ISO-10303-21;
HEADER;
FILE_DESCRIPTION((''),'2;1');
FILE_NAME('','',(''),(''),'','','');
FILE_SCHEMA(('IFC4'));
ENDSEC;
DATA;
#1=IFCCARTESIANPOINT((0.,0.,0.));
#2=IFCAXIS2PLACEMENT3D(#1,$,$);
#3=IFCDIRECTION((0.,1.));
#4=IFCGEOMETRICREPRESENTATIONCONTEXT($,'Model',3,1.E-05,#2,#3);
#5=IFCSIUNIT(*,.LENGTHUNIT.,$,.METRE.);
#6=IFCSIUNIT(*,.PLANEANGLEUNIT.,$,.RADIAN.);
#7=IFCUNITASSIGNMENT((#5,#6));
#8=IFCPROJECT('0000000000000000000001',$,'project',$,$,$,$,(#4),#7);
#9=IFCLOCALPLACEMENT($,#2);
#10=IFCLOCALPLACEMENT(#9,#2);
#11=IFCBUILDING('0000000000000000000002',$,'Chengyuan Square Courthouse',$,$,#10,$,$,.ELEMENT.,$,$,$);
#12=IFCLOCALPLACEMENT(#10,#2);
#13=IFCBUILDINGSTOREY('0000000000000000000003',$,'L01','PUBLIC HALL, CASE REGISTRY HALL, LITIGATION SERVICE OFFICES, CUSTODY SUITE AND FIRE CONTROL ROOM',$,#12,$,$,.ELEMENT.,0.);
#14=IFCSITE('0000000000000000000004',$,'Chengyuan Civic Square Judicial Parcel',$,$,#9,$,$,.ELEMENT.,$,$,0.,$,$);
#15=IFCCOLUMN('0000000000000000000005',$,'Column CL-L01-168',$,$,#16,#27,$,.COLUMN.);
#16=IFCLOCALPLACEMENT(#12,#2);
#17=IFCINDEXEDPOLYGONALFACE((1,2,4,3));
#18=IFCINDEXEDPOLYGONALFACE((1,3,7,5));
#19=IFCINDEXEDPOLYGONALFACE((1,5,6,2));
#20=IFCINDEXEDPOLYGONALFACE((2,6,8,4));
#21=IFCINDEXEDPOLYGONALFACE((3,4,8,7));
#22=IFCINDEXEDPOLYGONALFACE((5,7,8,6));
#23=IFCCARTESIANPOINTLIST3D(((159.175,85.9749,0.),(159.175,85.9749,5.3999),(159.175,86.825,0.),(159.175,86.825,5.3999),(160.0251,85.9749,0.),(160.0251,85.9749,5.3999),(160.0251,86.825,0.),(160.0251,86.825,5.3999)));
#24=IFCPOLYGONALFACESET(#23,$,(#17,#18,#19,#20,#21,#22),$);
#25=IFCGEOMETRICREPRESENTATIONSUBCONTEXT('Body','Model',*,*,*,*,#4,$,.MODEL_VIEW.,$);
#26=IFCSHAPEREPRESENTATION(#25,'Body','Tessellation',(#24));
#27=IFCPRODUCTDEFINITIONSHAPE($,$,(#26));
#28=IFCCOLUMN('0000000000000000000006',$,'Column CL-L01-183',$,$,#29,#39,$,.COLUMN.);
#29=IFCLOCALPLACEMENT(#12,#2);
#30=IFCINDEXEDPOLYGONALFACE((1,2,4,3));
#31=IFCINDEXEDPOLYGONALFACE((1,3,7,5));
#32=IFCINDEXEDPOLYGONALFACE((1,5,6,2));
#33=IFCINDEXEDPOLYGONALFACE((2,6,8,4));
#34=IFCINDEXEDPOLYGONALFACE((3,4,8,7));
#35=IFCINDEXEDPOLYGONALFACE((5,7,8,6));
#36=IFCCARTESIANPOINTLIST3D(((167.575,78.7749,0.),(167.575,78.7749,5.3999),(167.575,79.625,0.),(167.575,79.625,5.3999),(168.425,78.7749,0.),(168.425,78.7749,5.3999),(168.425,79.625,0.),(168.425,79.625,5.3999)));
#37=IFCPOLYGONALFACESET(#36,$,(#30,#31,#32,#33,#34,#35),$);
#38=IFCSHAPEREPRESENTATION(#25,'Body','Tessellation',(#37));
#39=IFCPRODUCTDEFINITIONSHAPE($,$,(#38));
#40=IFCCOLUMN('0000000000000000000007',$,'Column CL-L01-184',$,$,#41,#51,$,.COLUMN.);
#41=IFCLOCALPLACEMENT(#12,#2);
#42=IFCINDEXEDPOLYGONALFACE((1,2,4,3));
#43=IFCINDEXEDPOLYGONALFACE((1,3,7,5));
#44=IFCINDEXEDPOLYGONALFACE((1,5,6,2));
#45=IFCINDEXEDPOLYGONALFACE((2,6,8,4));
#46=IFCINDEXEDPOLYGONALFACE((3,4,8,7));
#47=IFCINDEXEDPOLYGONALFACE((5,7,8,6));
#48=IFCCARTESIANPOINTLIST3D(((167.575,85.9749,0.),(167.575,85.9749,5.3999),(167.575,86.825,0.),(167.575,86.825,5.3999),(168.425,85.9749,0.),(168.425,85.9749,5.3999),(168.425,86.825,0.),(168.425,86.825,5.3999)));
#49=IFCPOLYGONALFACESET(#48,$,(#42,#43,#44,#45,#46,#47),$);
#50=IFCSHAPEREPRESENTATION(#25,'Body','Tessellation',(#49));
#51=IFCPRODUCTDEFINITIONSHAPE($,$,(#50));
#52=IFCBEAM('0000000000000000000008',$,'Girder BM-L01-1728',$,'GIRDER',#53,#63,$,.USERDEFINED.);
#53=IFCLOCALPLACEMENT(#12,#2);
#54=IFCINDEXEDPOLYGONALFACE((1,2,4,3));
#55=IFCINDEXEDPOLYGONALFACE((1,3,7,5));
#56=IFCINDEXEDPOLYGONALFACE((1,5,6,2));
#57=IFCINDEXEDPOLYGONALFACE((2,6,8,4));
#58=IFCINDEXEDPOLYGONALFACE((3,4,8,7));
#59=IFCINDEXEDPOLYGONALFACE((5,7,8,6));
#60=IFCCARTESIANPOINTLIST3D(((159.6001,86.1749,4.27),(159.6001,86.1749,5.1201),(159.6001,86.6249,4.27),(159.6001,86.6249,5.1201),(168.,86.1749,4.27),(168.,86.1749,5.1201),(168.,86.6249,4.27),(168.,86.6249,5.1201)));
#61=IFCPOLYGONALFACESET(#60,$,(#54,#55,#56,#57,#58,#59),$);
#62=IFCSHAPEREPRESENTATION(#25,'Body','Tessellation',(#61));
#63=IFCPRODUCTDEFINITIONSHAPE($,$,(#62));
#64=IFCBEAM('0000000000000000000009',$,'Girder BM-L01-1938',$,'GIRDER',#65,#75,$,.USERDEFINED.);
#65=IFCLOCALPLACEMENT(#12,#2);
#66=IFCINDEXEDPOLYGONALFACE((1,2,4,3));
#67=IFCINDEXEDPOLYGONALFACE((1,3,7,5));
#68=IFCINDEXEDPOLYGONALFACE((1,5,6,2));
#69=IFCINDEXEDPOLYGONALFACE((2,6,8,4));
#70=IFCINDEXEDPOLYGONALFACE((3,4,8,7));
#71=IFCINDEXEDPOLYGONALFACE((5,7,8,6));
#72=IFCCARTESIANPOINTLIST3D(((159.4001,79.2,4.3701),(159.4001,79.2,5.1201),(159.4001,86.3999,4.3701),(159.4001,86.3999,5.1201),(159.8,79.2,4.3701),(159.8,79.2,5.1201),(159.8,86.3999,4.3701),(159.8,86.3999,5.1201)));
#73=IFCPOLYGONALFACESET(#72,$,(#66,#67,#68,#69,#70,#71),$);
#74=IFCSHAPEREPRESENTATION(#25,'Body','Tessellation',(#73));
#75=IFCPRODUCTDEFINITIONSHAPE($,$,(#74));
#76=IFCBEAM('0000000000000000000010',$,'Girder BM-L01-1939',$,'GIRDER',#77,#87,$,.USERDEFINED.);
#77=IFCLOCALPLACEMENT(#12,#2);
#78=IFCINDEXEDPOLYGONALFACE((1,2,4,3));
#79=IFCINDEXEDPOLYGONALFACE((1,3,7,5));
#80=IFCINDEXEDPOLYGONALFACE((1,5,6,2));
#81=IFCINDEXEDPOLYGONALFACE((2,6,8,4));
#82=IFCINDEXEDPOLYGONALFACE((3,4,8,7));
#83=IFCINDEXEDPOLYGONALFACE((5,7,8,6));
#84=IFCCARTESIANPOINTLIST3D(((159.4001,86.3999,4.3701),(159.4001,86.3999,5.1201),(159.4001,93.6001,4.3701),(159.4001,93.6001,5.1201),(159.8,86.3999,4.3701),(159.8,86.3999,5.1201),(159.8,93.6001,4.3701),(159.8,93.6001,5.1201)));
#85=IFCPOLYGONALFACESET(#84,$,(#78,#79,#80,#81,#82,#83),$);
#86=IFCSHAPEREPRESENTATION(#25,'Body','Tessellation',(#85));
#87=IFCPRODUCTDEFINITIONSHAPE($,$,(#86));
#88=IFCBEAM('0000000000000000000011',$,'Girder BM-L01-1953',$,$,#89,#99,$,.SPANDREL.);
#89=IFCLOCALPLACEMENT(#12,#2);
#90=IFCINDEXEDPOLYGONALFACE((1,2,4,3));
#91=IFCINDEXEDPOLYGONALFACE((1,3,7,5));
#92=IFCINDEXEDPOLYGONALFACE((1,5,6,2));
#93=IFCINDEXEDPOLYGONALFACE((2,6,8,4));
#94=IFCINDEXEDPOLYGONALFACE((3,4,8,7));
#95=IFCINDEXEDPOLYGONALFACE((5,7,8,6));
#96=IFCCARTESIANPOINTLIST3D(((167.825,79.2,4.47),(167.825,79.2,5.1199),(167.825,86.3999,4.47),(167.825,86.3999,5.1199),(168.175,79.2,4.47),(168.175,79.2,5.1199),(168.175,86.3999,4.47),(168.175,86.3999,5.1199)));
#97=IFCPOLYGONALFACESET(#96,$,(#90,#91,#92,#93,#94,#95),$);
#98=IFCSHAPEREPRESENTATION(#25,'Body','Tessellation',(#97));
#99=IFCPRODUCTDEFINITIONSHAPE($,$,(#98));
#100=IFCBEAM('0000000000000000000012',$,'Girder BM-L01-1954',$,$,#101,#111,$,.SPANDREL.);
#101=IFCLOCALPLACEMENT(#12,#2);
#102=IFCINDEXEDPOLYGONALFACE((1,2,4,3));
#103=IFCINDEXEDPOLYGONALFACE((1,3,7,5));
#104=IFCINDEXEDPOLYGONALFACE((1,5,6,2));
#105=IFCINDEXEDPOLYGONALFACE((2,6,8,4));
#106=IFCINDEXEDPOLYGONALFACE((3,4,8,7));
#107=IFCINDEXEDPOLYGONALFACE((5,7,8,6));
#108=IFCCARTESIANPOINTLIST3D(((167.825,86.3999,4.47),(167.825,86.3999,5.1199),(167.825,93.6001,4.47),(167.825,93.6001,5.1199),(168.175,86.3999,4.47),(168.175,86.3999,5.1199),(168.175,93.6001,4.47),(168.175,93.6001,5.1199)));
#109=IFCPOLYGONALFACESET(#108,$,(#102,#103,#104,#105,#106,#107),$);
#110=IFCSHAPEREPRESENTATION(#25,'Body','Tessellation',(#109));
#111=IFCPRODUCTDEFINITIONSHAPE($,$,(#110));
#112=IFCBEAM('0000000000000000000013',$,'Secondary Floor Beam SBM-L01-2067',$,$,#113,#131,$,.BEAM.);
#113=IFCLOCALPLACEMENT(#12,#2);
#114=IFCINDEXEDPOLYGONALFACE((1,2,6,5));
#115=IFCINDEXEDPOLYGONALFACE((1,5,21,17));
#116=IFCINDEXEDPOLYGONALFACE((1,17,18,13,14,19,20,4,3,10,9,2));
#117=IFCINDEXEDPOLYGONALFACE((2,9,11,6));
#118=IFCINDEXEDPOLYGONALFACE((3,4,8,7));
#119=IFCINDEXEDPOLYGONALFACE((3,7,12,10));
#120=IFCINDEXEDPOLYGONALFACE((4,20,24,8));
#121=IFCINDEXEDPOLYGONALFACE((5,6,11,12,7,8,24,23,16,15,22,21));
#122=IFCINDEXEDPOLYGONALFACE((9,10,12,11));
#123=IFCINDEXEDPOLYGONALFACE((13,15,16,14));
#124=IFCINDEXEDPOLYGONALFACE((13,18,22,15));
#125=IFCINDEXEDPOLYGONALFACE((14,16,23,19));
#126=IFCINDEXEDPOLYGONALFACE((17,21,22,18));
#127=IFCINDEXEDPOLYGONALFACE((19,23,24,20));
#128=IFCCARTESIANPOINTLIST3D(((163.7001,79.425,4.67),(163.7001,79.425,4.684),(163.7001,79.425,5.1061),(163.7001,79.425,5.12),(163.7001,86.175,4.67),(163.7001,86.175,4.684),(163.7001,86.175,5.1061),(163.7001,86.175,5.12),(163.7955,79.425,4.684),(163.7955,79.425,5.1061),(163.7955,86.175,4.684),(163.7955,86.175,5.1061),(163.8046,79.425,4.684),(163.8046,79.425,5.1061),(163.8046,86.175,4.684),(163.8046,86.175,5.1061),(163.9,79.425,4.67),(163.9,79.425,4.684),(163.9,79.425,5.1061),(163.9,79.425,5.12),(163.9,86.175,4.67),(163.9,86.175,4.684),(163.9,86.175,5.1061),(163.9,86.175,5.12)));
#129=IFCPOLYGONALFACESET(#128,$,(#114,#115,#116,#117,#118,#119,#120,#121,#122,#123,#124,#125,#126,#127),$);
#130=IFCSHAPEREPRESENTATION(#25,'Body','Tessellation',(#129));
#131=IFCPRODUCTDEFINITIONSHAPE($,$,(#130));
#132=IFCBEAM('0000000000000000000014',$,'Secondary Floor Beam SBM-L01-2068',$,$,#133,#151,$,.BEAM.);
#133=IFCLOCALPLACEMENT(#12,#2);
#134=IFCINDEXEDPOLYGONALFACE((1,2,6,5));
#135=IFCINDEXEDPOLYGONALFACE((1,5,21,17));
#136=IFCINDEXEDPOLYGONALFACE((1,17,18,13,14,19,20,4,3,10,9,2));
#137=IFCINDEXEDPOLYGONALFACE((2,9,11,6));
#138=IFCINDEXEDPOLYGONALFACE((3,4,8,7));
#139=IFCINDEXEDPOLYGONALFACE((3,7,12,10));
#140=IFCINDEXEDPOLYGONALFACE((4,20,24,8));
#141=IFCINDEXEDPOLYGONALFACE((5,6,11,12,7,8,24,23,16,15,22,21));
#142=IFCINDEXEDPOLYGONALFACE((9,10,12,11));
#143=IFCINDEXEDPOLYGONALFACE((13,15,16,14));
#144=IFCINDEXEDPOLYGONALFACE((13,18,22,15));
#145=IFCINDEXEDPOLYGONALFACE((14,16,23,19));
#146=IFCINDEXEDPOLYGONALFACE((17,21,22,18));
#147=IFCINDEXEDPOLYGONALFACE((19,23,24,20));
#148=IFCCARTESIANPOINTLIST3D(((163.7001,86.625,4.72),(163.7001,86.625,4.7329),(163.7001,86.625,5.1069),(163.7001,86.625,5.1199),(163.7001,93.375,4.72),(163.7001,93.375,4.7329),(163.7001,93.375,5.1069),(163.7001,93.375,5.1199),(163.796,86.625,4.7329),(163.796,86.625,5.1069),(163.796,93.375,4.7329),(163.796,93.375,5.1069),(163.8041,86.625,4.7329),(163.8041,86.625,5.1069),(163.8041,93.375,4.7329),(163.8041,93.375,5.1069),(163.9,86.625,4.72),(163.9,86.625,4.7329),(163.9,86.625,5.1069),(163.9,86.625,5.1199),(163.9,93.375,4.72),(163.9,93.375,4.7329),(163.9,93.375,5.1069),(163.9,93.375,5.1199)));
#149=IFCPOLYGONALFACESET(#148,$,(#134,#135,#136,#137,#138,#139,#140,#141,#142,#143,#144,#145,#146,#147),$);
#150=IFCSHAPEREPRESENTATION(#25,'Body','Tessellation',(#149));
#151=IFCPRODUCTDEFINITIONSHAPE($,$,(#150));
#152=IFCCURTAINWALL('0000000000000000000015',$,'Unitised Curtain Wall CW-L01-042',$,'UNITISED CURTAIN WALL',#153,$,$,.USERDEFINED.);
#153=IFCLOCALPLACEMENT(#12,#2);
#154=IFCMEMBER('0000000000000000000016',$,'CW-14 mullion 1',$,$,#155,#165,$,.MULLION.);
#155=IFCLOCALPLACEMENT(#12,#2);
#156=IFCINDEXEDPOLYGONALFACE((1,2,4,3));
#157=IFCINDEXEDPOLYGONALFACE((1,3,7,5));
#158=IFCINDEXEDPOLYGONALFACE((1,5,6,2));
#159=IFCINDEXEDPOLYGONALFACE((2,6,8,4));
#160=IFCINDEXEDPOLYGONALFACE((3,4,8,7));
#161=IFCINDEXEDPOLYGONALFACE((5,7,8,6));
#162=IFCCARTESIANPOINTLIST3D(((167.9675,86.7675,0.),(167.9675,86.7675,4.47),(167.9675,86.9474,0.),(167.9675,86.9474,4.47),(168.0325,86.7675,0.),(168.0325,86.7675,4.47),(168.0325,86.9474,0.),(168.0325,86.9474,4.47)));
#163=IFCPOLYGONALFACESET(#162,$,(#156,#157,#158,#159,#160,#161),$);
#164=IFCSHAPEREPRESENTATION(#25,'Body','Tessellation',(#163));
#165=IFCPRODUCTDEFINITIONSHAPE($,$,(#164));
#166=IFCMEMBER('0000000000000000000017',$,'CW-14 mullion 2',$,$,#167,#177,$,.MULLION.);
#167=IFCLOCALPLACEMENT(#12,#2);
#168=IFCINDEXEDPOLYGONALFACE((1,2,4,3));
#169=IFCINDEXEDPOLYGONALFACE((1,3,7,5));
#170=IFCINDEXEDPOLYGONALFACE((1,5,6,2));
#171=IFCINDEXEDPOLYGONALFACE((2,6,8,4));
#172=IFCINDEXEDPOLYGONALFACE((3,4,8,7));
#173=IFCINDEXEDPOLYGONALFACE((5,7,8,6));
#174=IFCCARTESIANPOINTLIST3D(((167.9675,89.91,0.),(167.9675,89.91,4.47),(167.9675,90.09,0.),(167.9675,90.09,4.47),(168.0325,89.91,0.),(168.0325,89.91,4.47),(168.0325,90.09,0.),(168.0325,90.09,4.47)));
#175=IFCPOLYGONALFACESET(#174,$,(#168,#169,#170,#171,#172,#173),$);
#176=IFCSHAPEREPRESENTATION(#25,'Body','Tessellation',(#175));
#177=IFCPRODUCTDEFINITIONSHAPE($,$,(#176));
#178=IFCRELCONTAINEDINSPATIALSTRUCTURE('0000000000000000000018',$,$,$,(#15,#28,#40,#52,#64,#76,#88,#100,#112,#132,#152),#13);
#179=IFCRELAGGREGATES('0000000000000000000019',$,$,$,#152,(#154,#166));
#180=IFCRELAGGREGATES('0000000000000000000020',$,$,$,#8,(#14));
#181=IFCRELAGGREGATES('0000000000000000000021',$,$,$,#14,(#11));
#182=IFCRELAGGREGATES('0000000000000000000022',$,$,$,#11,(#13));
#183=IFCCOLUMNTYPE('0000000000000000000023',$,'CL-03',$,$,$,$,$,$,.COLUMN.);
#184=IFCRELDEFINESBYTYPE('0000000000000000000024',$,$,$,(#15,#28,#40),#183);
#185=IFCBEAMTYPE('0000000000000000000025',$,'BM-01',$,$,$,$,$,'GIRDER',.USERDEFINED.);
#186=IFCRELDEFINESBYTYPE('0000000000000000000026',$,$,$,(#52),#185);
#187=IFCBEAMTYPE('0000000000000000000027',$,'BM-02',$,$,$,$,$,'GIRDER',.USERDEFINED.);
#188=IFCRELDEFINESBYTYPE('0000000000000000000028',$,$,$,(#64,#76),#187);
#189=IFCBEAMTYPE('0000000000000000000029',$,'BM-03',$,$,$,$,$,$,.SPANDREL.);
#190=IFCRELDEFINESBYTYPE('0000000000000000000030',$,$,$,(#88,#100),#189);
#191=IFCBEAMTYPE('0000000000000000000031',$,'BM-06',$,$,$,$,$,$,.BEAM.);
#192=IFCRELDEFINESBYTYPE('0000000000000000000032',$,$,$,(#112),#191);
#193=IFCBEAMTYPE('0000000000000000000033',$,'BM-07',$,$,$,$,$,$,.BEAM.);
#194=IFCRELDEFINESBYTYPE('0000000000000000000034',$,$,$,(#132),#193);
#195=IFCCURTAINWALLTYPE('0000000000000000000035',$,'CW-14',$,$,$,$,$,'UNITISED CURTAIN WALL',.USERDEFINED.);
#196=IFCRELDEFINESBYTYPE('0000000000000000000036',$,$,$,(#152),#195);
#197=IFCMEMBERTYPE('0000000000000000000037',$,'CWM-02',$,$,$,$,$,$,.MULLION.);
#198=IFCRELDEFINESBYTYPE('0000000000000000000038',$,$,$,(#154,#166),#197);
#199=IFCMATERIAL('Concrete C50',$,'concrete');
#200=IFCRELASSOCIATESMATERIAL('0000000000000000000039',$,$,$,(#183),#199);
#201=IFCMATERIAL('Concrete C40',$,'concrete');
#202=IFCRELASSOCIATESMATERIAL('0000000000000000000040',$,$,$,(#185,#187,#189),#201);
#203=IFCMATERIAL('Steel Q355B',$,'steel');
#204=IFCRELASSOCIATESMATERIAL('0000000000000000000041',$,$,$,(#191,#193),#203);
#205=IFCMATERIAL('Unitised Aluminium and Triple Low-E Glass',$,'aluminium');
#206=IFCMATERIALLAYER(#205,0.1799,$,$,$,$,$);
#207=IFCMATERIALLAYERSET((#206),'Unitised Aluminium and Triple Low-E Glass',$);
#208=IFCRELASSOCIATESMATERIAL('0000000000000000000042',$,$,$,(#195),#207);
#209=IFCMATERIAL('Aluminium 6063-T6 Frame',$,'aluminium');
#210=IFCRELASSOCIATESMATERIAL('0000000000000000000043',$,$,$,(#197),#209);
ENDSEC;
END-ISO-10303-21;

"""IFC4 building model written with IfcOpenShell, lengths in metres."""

from ifc_helpers import new_model, si_unit, direction, frame, origin, origin_2d, place, context, subcontext, project, spatial, rectangle, i_section, extrude, material, layer, layer_set, material_profile, profile_set, type_object, element, aggregate, save


model = new_model("IFC4")

# Units and contexts
model_context = context("Model", 3, precision=1e-05, world=origin(), true_north=direction((0.0, 1.0)))
body_context = subcontext(model_context, "Body", "Model", "MODEL_VIEW")
ifc_project = project(units=[si_unit("LENGTHUNIT", "METRE"), si_unit("PLANEANGLEUNIT", "RADIAN")], contexts=[model_context])

# Site, building, storey
site_placement = place(None, origin())
site = spatial("IfcSite", under=ifc_project, at=site_placement, Name="Chengyuan Civic Square Judicial Parcel", CompositionType="ELEMENT", RefElevation=0.0)
building_placement = place(site_placement, origin())
building = spatial("IfcBuilding", under=site, at=building_placement, Name="Chengyuan Square Courthouse", CompositionType="ELEMENT")
storey_placement = place(building_placement, origin())
storey = spatial("IfcBuildingStorey", under=building, at=storey_placement, Name="L01", Description="PUBLIC HALL, CASE REGISTRY HALL, LITIGATION SERVICE OFFICES, CUSTODY SUITE AND FIRE CONTROL ROOM", CompositionType="ELEMENT", Elevation=0.0)

# Columns
ifc_material_1 = material(Name="Concrete C50", Category="concrete")
ifc_material_profile_1 = material_profile(ifc_material_1, rectangle(XDim=0.8501, YDim=0.8501, at=origin_2d()), Name="RC-COL-850x850")
ifc_profile_set_1 = profile_set([ifc_material_profile_1], Name="Concrete C50")
column_type = type_object("IfcColumnType", Name="CL-03", PredefinedType="COLUMN", material=ifc_profile_set_1)
for number, where, z_axis, x_axis, name in (
    (1, (159.6001, 86.3999, 0.0), (0.0, 0.0, 1.0), (1.0, 0.0, 0.0), "Column CL-L01-168"),
    (2, (168.0, 79.2, 0.0), (0.0, 0.0, 1.0), (1.0, 0.0, 0.0), "Column CL-L01-183"),
    (3, (168.0, 86.3999, 0.0), (0.0, 0.0, 1.0), (1.0, 0.0, 0.0), "Column CL-L01-184"),
):
    element("IfcColumn", number, at=place(storey_placement, frame(where, z_axis=z_axis, x_axis=x_axis)), inside=storey, type_object=column_type, Name=name, PredefinedType="COLUMN", context=body_context, shape_type="SweptSolid", body=[
        extrude(rectangle(XDim=0.8501, YDim=0.8501, at=origin_2d()), origin(), (0.0, 0.0, 1.0), 5.3999),
    ])

# Beams
ifc_material_2 = material(Name="Concrete C40", Category="concrete")
ifc_material_profile_2 = material_profile(ifc_material_2, rectangle(XDim=0.45, YDim=0.8501, at=origin_2d()), Name="RC-BM-450x850")
ifc_profile_set_2 = profile_set([ifc_material_profile_2], Name="Concrete C40")
beam_type_1 = type_object("IfcBeamType", Name="BM-01", ElementType="GIRDER", PredefinedType="USERDEFINED", material=ifc_profile_set_2)
beam_1_placement = place(storey_placement, frame((159.6001, 86.3999, 4.6951), z_axis=(1.0, 0.0, 0.0), x_axis=(0.0, 1.0, 0.0)))
element("IfcBeam", 4, at=beam_1_placement, inside=storey, type_object=beam_type_1, Name="Girder BM-L01-1728", ObjectType="GIRDER", PredefinedType="USERDEFINED", context=body_context, shape_type="SweptSolid", body=[
    extrude(rectangle(XDim=0.45, YDim=0.8501, at=origin_2d()), origin(), (0.0, 0.0, 1.0), 8.3999),
])
ifc_material_profile_3 = material_profile(ifc_material_2, rectangle(XDim=0.3999, YDim=0.75, at=origin_2d()), Name="RC-BM-400x750")
ifc_profile_set_3 = profile_set([ifc_material_profile_3], Name="Concrete C40")
beam_type_2 = type_object("IfcBeamType", Name="BM-02", ElementType="GIRDER", PredefinedType="USERDEFINED", material=ifc_profile_set_3)
beam_2_placement = place(storey_placement, frame((159.6001, 79.2, 4.7451), z_axis=(0.0, 1.0, 0.0), x_axis=(-1.0, 0.0, 0.0)))
element("IfcBeam", 5, at=beam_2_placement, inside=storey, type_object=beam_type_2, Name="Girder BM-L01-1938", ObjectType="GIRDER", PredefinedType="USERDEFINED", context=body_context, shape_type="SweptSolid", body=[
    extrude(rectangle(XDim=0.3999, YDim=0.75, at=origin_2d()), origin(), (0.0, 0.0, 1.0), 7.2),
])
beam_3_placement = place(storey_placement, frame((159.6001, 86.3999, 4.7451), z_axis=(0.0, 1.0, 0.0), x_axis=(-1.0, 0.0, 0.0)))
element("IfcBeam", 6, at=beam_3_placement, inside=storey, type_object=beam_type_2, Name="Girder BM-L01-1939", ObjectType="GIRDER", PredefinedType="USERDEFINED", context=body_context, shape_type="SweptSolid", body=[
    extrude(rectangle(XDim=0.3999, YDim=0.75, at=origin_2d()), origin(), (0.0, 0.0, 1.0), 7.2002),
])
ifc_material_profile_4 = material_profile(ifc_material_2, rectangle(XDim=0.3501, YDim=0.6499, at=origin_2d()), Name="RC-BM-350x650")
ifc_profile_set_4 = profile_set([ifc_material_profile_4], Name="Concrete C40")
beam_type_3 = type_object("IfcBeamType", Name="BM-03", PredefinedType="SPANDREL", material=ifc_profile_set_4)
beam_4_placement = place(storey_placement, frame((168.0, 79.2, 4.7949), z_axis=(0.0, 1.0, 0.0), x_axis=(-1.0, 0.0, 0.0)))
element("IfcBeam", 7, at=beam_4_placement, inside=storey, type_object=beam_type_3, Name="Girder BM-L01-1953", PredefinedType="SPANDREL", context=body_context, shape_type="SweptSolid", body=[
    extrude(rectangle(XDim=0.3501, YDim=0.6499, at=origin_2d()), origin(), (0.0, 0.0, 1.0), 7.2),
])
beam_5_placement = place(storey_placement, frame((168.0, 86.3999, 4.7949), z_axis=(0.0, 1.0, 0.0), x_axis=(-1.0, 0.0, 0.0)))
element("IfcBeam", 8, at=beam_5_placement, inside=storey, type_object=beam_type_3, Name="Girder BM-L01-1954", PredefinedType="SPANDREL", context=body_context, shape_type="SweptSolid", body=[
    extrude(rectangle(XDim=0.3501, YDim=0.6499, at=origin_2d()), origin(), (0.0, 0.0, 1.0), 7.2002),
])
ifc_material_3 = material(Name="Steel Q355B", Category="steel")
ifc_material_profile_5 = material_profile(ifc_material_3, i_section(OverallWidth=0.2, OverallDepth=0.45, WebThickness=0.009, FlangeThickness=0.0139, at=origin_2d()), Name="HN 450x200x9x14")
ifc_profile_set_5 = profile_set([ifc_material_profile_5], Name="Steel Q355B")
beam_type_4 = type_object("IfcBeamType", Name="BM-06", PredefinedType="BEAM", material=ifc_profile_set_5)
beam_6_placement = place(storey_placement, frame((163.8, 79.425, 4.895), z_axis=(0.0, 1.0, 0.0), x_axis=(-1.0, 0.0, 0.0)))
element("IfcBeam", 9, at=beam_6_placement, inside=storey, type_object=beam_type_4, Name="Secondary Floor Beam SBM-L01-2067", PredefinedType="BEAM", context=body_context, shape_type="SweptSolid", body=[
    extrude(i_section(OverallWidth=0.2, OverallDepth=0.45, WebThickness=0.009, FlangeThickness=0.0139, at=origin_2d()), origin(), (0.0, 0.0, 1.0), 6.75),
])
ifc_material_profile_6 = material_profile(ifc_material_3, i_section(OverallWidth=0.2, OverallDepth=0.3999, WebThickness=0.0081, FlangeThickness=0.0129, at=origin_2d()), Name="HN 400x200x8x13")
ifc_profile_set_6 = profile_set([ifc_material_profile_6], Name="Steel Q355B")
beam_type_5 = type_object("IfcBeamType", Name="BM-07", PredefinedType="BEAM", material=ifc_profile_set_6)
beam_7_placement = place(storey_placement, frame((163.8, 86.625, 4.9199), z_axis=(0.0, 1.0, 0.0), x_axis=(-1.0, 0.0, 0.0)))
element("IfcBeam", 10, at=beam_7_placement, inside=storey, type_object=beam_type_5, Name="Secondary Floor Beam SBM-L01-2068", PredefinedType="BEAM", context=body_context, shape_type="SweptSolid", body=[
    extrude(i_section(OverallWidth=0.2, OverallDepth=0.3999, WebThickness=0.0081, FlangeThickness=0.0129, at=origin_2d()), origin(), (0.0, 0.0, 1.0), 6.75),
])

# Curtain wall, members
ifc_material_4 = material(Name="Unitised Aluminium and Triple Low-E Glass", Category="aluminium")
ifc_layer_1 = layer(ifc_material_4, 0.1799)
ifc_layer_set_1 = layer_set([ifc_layer_1], Name="Unitised Aluminium and Triple Low-E Glass")
curtain_wall_type = type_object("IfcCurtainWallType", Name="CW-14", ElementType="UNITISED CURTAIN WALL", PredefinedType="USERDEFINED", material=ifc_layer_set_1)
curtain_wall_placement = place(storey_placement, origin())
curtain_wall = element("IfcCurtainWall", 11, at=curtain_wall_placement, inside=storey, type_object=curtain_wall_type, Name="Unitised Curtain Wall CW-L01-042", ObjectType="UNITISED CURTAIN WALL", PredefinedType="USERDEFINED")
ifc_material_5 = material(Name="Aluminium 6063-T6 Frame", Category="aluminium")
ifc_material_profile_7 = material_profile(ifc_material_5, rectangle(XDim=0.0649, YDim=0.1799, at=origin_2d()), Name="CW-MUL-65x180")
ifc_profile_set_7 = profile_set([ifc_material_profile_7], Name="Aluminium 6063-T6 Frame")
member_type_1 = type_object("IfcMemberType", Name="CWM-02", PredefinedType="MULLION", material=ifc_profile_set_7)
member_1_placement = place(storey_placement, frame((168.0, 86.8574, 0.0), z_axis=(0.0, 0.0, 1.0), x_axis=(-1.0, 0.0, 0.0)))
member_1 = element("IfcMember", 12, at=member_1_placement, type_object=member_type_1, Name="CW-14 mullion 1", PredefinedType="MULLION", context=body_context, shape_type="SweptSolid", body=[
    extrude(rectangle(XDim=0.0649, YDim=0.1799, at=origin_2d()), origin(), (0.0, 0.0, 1.0), 4.47),
])
member_2_placement = place(storey_placement, frame((168.0, 90.0, 0.0), z_axis=(0.0, 0.0, 1.0), x_axis=(-1.0, 0.0, 0.0)))
member_2 = element("IfcMember", 13, at=member_2_placement, type_object=member_type_1, Name="CW-14 mullion 2", PredefinedType="MULLION", context=body_context, shape_type="SweptSolid", body=[
    extrude(rectangle(XDim=0.0649, YDim=0.1799, at=origin_2d()), origin(), (0.0, 0.0, 1.0), 4.47),
])
aggregate(curtain_wall, [member_1, member_2])

save(model, "model.ifc")
